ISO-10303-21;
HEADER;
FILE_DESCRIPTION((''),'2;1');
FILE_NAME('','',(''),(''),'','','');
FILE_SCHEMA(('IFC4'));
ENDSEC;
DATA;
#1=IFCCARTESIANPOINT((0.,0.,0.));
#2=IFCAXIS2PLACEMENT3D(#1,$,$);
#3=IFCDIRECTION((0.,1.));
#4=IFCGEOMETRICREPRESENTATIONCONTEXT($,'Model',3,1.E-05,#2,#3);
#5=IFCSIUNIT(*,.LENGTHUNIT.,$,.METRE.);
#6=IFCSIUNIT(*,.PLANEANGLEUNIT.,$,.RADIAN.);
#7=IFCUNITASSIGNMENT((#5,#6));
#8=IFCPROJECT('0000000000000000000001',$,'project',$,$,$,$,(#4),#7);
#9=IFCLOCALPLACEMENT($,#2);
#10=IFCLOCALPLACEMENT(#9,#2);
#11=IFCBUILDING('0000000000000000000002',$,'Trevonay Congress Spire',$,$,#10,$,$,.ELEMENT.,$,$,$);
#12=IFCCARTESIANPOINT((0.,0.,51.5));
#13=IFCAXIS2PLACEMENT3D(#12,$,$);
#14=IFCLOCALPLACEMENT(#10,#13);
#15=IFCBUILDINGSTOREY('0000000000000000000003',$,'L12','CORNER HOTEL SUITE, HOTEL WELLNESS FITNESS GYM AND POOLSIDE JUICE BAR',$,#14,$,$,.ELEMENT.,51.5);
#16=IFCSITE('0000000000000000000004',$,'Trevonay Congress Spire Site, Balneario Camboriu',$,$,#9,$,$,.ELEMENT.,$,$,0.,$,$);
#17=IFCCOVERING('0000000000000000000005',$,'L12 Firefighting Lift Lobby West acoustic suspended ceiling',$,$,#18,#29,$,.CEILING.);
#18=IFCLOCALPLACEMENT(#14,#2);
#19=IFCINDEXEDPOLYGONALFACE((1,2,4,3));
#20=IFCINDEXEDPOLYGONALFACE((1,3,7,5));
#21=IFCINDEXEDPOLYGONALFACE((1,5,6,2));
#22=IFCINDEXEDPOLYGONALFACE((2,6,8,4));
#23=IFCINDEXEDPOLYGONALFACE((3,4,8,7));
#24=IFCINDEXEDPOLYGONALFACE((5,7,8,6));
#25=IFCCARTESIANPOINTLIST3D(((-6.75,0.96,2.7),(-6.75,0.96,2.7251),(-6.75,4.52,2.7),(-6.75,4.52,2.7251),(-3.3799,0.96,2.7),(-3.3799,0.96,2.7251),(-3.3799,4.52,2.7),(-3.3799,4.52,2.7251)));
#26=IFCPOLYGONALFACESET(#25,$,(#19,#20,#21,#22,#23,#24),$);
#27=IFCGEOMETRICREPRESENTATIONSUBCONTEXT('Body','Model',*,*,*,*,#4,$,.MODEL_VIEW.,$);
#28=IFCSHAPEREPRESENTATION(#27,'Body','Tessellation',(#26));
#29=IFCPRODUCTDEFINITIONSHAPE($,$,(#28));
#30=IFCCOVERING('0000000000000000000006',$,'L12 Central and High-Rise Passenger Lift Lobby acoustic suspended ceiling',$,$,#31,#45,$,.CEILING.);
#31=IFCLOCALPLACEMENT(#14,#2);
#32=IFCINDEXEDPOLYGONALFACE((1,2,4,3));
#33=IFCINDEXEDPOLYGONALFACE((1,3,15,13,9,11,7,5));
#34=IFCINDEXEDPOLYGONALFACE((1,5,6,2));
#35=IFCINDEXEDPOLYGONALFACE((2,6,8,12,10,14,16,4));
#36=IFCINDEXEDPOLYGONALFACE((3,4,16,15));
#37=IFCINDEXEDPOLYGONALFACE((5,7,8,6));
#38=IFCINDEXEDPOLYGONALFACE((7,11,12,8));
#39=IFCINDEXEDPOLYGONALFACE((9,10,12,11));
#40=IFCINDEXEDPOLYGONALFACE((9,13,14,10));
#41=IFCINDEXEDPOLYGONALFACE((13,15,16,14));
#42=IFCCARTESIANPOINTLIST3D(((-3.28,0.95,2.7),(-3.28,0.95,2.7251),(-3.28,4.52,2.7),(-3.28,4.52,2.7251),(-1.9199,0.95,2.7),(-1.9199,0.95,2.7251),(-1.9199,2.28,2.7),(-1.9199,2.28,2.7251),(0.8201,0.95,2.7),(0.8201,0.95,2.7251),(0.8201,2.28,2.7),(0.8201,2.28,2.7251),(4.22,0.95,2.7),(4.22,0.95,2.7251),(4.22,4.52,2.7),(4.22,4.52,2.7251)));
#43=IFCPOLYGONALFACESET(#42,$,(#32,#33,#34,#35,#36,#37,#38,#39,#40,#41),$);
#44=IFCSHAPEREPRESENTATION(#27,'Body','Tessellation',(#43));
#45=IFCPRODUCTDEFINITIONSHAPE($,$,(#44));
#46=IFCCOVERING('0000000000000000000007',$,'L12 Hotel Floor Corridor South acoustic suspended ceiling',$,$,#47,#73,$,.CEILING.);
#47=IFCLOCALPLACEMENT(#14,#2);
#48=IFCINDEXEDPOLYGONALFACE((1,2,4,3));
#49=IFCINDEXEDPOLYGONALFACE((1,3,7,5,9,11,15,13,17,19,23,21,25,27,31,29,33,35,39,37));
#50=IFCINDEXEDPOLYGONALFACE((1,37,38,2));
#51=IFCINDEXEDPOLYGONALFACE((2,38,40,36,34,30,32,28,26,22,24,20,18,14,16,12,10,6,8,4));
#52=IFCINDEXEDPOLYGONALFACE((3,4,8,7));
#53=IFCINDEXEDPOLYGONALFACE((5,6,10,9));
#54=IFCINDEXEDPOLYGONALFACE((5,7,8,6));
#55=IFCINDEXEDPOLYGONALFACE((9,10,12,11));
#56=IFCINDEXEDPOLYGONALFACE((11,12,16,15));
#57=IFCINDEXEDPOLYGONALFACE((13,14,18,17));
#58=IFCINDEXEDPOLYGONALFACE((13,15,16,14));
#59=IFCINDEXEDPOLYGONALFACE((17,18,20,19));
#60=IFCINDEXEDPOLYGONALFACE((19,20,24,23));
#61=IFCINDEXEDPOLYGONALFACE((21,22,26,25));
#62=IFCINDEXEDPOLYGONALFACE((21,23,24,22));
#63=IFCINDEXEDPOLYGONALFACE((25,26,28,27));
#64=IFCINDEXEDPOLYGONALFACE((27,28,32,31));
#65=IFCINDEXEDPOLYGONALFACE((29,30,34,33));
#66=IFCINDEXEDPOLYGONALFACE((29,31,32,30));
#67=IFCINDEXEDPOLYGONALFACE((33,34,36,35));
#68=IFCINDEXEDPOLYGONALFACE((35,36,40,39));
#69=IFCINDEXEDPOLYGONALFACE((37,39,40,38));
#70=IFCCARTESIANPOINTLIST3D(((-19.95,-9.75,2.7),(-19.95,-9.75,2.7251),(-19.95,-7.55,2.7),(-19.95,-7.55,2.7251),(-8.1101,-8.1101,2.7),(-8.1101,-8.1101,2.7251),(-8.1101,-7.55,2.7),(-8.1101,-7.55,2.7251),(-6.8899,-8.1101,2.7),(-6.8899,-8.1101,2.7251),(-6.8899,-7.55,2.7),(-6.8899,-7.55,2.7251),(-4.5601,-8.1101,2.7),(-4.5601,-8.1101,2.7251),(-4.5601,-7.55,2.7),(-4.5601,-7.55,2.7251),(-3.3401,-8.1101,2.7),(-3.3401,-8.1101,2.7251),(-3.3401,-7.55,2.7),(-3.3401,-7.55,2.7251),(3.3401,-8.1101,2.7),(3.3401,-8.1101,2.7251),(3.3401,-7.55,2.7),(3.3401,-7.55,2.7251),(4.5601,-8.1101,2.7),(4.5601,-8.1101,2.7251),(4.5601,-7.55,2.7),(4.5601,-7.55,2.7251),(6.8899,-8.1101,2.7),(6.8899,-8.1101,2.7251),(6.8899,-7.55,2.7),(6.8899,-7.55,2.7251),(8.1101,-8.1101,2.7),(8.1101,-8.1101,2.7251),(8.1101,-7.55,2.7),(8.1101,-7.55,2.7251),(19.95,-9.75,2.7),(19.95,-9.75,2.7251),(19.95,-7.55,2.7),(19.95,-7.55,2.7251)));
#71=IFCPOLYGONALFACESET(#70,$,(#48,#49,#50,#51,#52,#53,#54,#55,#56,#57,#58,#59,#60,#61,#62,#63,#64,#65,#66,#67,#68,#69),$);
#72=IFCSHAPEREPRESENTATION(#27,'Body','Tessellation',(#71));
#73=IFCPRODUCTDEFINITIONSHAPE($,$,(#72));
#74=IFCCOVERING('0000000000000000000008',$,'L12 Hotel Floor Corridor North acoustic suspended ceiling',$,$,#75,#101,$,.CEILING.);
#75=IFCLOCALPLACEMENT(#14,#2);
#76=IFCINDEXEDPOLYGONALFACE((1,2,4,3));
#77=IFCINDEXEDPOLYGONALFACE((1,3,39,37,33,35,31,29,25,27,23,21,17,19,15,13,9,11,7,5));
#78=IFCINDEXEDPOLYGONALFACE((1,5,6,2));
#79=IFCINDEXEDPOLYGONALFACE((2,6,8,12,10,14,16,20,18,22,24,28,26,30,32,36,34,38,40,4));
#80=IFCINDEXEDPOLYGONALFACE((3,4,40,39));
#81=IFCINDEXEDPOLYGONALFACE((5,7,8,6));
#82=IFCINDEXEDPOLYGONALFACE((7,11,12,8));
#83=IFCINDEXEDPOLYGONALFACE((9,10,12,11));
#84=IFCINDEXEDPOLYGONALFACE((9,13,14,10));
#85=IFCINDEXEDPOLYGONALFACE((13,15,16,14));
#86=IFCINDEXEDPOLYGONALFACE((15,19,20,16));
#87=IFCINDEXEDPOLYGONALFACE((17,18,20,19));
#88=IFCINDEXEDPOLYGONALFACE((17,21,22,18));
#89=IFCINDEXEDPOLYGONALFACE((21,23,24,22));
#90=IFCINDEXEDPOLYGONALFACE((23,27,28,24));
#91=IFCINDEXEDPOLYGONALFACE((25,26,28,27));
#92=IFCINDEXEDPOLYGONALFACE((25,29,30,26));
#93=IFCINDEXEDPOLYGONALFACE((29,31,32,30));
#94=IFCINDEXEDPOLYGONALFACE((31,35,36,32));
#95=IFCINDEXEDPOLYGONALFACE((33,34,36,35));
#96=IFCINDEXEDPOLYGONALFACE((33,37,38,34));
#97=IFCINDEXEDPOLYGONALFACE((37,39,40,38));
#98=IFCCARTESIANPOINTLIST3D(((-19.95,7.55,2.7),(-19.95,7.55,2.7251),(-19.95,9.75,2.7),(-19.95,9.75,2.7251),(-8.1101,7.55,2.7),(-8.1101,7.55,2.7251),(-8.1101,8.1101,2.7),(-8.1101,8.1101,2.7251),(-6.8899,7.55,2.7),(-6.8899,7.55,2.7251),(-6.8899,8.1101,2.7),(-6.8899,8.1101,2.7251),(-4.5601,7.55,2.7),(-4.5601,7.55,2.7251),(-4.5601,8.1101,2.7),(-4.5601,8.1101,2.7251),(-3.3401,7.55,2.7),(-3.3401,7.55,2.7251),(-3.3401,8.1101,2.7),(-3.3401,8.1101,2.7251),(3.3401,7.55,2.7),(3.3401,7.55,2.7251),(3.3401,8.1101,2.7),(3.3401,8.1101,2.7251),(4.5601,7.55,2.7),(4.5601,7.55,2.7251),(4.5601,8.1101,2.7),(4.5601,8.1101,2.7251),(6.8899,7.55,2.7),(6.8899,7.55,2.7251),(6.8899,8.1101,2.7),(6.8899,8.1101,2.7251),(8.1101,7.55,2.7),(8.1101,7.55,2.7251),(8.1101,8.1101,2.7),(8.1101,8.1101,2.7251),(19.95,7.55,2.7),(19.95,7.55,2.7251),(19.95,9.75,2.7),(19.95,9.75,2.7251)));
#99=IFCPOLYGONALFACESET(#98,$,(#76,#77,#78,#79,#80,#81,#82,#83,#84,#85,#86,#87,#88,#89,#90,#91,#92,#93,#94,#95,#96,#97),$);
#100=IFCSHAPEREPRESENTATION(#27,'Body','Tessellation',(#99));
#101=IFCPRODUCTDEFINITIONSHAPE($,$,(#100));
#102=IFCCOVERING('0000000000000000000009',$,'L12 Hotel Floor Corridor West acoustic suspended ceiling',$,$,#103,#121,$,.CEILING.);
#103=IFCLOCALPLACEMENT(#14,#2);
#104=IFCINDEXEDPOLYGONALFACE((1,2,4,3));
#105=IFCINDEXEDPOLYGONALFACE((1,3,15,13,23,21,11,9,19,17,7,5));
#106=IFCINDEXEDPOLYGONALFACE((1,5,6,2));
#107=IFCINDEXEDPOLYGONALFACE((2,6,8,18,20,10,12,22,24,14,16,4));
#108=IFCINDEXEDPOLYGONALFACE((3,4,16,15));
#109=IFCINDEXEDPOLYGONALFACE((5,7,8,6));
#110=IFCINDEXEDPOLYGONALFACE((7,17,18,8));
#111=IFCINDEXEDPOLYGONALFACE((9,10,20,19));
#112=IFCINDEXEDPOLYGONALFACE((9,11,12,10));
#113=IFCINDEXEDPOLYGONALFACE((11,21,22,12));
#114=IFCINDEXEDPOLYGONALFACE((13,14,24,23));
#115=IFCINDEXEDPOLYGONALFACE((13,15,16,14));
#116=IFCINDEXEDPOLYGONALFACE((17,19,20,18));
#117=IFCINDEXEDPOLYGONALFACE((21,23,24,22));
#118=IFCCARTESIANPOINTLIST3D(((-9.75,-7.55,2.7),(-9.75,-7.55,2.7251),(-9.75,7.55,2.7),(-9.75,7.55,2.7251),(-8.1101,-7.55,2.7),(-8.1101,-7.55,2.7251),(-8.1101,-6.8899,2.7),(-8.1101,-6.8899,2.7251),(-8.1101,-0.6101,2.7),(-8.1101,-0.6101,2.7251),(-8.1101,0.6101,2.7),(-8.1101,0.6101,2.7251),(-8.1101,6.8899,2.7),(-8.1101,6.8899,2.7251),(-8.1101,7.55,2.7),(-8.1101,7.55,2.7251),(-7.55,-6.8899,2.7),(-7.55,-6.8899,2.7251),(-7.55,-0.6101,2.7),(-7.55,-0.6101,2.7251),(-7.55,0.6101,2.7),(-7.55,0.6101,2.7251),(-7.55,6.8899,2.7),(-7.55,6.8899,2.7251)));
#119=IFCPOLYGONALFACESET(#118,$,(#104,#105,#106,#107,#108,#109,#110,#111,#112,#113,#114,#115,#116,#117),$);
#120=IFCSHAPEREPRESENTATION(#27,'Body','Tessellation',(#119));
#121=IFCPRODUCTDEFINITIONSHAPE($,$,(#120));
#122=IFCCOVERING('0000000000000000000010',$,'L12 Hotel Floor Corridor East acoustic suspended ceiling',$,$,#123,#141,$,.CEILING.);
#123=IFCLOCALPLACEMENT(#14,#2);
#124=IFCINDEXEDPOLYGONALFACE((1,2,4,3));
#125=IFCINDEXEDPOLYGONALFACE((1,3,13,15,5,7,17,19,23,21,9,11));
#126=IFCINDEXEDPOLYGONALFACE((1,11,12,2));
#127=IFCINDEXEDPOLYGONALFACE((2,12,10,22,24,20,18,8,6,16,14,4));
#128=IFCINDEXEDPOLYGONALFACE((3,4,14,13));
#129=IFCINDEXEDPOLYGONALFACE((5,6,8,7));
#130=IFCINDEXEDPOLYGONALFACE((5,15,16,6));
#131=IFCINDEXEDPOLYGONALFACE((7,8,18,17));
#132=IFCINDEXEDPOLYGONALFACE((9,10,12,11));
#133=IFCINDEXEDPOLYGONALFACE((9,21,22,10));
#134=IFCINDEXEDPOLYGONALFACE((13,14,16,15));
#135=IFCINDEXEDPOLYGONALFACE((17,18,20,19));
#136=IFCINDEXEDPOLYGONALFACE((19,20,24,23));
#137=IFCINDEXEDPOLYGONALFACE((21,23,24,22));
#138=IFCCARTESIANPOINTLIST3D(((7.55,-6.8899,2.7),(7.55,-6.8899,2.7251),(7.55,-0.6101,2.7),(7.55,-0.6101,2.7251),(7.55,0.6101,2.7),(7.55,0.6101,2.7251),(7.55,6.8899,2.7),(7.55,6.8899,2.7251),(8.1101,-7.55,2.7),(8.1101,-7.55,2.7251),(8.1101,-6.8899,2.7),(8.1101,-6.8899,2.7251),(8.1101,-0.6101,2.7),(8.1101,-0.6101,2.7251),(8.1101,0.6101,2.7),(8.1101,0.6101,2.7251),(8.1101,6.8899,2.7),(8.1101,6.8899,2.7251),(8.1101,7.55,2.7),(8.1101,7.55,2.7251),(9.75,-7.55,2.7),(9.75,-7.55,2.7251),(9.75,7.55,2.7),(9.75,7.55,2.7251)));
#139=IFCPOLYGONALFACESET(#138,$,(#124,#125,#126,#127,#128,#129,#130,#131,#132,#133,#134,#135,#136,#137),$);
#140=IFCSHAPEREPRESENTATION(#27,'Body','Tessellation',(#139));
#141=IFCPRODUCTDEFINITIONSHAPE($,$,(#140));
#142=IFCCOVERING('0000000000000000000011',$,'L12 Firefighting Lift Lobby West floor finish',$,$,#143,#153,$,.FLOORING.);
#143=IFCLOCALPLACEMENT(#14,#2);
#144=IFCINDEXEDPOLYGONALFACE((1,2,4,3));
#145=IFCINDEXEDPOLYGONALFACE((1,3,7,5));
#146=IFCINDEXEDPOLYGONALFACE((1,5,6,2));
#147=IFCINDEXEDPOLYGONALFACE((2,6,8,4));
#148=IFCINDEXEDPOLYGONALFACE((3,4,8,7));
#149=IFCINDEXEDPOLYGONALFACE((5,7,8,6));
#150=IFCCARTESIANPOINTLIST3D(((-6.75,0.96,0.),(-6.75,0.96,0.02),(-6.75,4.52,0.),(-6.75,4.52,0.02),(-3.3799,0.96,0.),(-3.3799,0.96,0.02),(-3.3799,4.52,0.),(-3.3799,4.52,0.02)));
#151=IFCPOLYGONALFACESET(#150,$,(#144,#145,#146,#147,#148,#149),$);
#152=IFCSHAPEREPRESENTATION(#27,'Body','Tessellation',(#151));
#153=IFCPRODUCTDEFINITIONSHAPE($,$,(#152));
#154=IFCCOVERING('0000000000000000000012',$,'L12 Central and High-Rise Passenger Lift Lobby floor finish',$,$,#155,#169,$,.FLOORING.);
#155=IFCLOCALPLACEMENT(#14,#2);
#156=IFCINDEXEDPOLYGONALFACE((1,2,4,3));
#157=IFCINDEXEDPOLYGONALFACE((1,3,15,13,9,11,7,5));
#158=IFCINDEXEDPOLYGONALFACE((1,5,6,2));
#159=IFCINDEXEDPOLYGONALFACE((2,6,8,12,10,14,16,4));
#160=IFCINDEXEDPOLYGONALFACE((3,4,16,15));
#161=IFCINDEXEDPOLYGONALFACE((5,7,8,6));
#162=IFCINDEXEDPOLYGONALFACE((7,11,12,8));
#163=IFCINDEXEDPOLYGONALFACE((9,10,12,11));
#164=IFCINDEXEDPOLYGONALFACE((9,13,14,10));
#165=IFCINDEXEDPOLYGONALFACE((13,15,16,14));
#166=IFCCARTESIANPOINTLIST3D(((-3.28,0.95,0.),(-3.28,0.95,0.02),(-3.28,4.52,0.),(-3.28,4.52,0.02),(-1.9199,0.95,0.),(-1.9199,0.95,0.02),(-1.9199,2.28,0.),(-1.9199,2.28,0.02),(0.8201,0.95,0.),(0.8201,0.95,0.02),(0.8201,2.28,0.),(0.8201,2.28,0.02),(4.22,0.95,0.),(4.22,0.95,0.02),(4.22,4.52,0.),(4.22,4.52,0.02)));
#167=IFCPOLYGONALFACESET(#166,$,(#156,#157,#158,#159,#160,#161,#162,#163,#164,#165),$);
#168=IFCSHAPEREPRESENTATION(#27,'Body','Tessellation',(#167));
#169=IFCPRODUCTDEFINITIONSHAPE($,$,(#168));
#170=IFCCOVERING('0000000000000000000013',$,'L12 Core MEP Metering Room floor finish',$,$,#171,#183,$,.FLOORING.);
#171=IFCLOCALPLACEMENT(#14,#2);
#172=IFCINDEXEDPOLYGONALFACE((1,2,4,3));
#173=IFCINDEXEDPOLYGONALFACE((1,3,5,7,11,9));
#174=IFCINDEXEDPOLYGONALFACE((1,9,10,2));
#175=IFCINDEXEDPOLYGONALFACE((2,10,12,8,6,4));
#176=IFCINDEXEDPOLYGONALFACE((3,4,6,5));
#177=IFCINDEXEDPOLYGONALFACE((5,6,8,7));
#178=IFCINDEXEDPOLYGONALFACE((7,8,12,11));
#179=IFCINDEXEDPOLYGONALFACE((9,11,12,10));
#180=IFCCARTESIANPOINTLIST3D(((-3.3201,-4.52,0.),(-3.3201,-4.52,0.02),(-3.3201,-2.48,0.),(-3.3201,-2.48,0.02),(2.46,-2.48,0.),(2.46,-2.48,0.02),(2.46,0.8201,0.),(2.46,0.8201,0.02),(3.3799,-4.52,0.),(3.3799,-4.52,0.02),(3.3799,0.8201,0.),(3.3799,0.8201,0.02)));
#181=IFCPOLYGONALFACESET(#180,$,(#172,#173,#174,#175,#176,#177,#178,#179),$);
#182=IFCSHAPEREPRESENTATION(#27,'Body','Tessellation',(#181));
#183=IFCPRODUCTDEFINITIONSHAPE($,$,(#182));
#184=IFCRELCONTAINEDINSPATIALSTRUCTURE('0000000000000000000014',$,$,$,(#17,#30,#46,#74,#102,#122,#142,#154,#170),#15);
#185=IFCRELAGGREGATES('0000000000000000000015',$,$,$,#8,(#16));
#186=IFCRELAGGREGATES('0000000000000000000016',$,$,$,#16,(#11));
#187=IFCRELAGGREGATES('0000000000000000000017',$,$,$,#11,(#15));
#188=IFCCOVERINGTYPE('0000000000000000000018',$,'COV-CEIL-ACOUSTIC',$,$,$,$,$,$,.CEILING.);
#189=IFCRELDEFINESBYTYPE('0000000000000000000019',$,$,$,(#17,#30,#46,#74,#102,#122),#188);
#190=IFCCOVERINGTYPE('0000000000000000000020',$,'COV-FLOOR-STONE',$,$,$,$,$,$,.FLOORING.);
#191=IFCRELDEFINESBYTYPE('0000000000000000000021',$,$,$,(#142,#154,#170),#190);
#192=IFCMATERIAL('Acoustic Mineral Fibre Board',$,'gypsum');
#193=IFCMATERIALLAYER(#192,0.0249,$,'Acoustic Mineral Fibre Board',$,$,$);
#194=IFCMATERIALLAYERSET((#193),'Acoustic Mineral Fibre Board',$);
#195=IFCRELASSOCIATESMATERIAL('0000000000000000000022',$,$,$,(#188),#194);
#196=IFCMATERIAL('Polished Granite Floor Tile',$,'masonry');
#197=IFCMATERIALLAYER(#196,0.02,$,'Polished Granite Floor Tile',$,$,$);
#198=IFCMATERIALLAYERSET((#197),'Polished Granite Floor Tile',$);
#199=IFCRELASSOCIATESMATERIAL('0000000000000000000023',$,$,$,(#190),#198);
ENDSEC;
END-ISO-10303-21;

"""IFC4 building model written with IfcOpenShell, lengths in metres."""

from ifc_helpers import new_model, si_unit, direction, frame, origin, place, context, subcontext, project, spatial, polyline, outline, extrude, material, layer, layer_set, type_object, element, save


model = new_model("IFC4")

# Units and contexts
model_context = context("Model", 3, precision=1e-05, world=origin(), true_north=direction((0.0, 1.0)))
body_context = subcontext(model_context, "Body", "Model", "MODEL_VIEW")
ifc_project = project(units=[si_unit("LENGTHUNIT", "METRE"), si_unit("PLANEANGLEUNIT", "RADIAN")], contexts=[model_context])

# Site, building, storey
site_placement = place(None, origin())
site = spatial("IfcSite", under=ifc_project, at=site_placement, Name="Trevonay Congress Spire Site, Balneario Camboriu", CompositionType="ELEMENT", RefElevation=0.0)
building_placement = place(site_placement, origin())
building = spatial("IfcBuilding", under=site, at=building_placement, Name="Trevonay Congress Spire", CompositionType="ELEMENT")
storey_placement = place(building_placement, frame((0.0, 0.0, 51.5)))
storey = spatial("IfcBuildingStorey", under=building, at=storey_placement, Name="L12", Description="CORNER HOTEL SUITE, HOTEL WELLNESS FITNESS GYM AND POOLSIDE JUICE BAR", CompositionType="ELEMENT", Elevation=51.5)

# Coverings
ifc_material_1 = material(Name="Acoustic Mineral Fibre Board", Category="gypsum")
ifc_layer_1 = layer(ifc_material_1, 0.0249, Name="Acoustic Mineral Fibre Board")
ifc_layer_set_1 = layer_set([ifc_layer_1], Name="Acoustic Mineral Fibre Board")
covering_type_1 = type_object("IfcCoveringType", Name="COV-CEIL-ACOUSTIC", PredefinedType="CEILING", material=ifc_layer_set_1)
covering_1_placement = place(storey_placement, frame((0.0, 0.0, 2.7)))
element("IfcCovering", 1, at=covering_1_placement, inside=storey, type_object=covering_type_1, Name="L12 Firefighting Lift Lobby West acoustic suspended ceiling", PredefinedType="CEILING", context=body_context, shape_type="SweptSolid", body=[
    extrude(outline(polyline([(-6.75, 0.96), (-3.3799, 0.96), (-3.3799, 4.52), (-6.75, 4.52), (-6.75, 0.96)])), origin(), (0.0, 0.0, 1.0), 0.0251),
])
covering_2_placement = place(storey_placement, frame((0.0, 0.0, 2.7)))
element("IfcCovering", 2, at=covering_2_placement, inside=storey, type_object=covering_type_1, Name="L12 Central and High-Rise Passenger Lift Lobby acoustic suspended ceiling", PredefinedType="CEILING", context=body_context, shape_type="SweptSolid", body=[
    extrude(outline(polyline([(-3.28, 0.95), (-1.9199, 0.95), (-1.9199, 2.28), (0.8201, 2.28), (0.8201, 0.95), (4.22, 0.95), (4.22, 4.52), (-3.28, 4.52), (-3.28, 0.95)])), origin(), (0.0, 0.0, 1.0), 0.0251),
])
covering_3_placement = place(storey_placement, frame((0.0, 0.0, 2.7)))
element("IfcCovering", 3, at=covering_3_placement, inside=storey, type_object=covering_type_1, Name="L12 Hotel Floor Corridor South acoustic suspended ceiling", PredefinedType="CEILING", context=body_context, shape_type="SweptSolid", body=[
    extrude(outline(polyline([(19.95, -7.55), (19.95, -9.75), (-19.95, -9.75), (-19.95, -7.55), (-8.1101, -7.55), (-8.1101, -8.1101), (-6.8899, -8.1101), (-6.8899, -7.55), (-4.5601, -7.55), (-4.5601, -8.1101), (-3.3401, -8.1101), (-3.3401, -7.55), (3.3401, -7.55), (3.3401, -8.1101), (4.5601, -8.1101), (4.5601, -7.55), (6.8899, -7.55), (6.8899, -8.1101), (8.1101, -8.1101), (8.1101, -7.55), (19.95, -7.55)])), origin(), (0.0, 0.0, 1.0), 0.0251),
])
covering_4_placement = place(storey_placement, frame((0.0, 0.0, 2.7)))
element("IfcCovering", 4, at=covering_4_placement, inside=storey, type_object=covering_type_1, Name="L12 Hotel Floor Corridor North acoustic suspended ceiling", PredefinedType="CEILING", context=body_context, shape_type="SweptSolid", body=[
    extrude(outline(polyline([(-19.95, 7.55), (-19.95, 9.75), (19.95, 9.75), (19.95, 7.55), (8.1101, 7.55), (8.1101, 8.1101), (6.8899, 8.1101), (6.8899, 7.55), (4.5601, 7.55), (4.5601, 8.1101), (3.3401, 8.1101), (3.3401, 7.55), (-3.3401, 7.55), (-3.3401, 8.1101), (-4.5601, 8.1101), (-4.5601, 7.55), (-6.8899, 7.55), (-6.8899, 8.1101), (-8.1101, 8.1101), (-8.1101, 7.55), (-19.95, 7.55)])), origin(), (0.0, 0.0, 1.0), 0.0251),
])
covering_5_placement = place(storey_placement, frame((0.0, 0.0, 2.7)))
element("IfcCovering", 5, at=covering_5_placement, inside=storey, type_object=covering_type_1, Name="L12 Hotel Floor Corridor West acoustic suspended ceiling", PredefinedType="CEILING", context=body_context, shape_type="SweptSolid", body=[
    extrude(outline(polyline([(-9.75, 7.55), (-8.1101, 7.55), (-8.1101, 6.8899), (-7.55, 6.8899), (-7.55, 0.6101), (-8.1101, 0.6101), (-8.1101, -0.6101), (-7.55, -0.6101), (-7.55, -6.8899), (-8.1101, -6.8899), (-8.1101, -7.55), (-9.75, -7.55), (-9.75, 7.55)])), origin(), (0.0, 0.0, 1.0), 0.0251),
])
covering_6_placement = place(storey_placement, frame((0.0, 0.0, 2.7)))
element("IfcCovering", 6, at=covering_6_placement, inside=storey, type_object=covering_type_1, Name="L12 Hotel Floor Corridor East acoustic suspended ceiling", PredefinedType="CEILING", context=body_context, shape_type="SweptSolid", body=[
    extrude(outline(polyline([(9.75, -7.55), (8.1101, -7.55), (8.1101, -6.8899), (7.55, -6.8899), (7.55, -0.6101), (8.1101, -0.6101), (8.1101, 0.6101), (7.55, 0.6101), (7.55, 6.8899), (8.1101, 6.8899), (8.1101, 7.55), (9.75, 7.55), (9.75, -7.55)])), origin(), (0.0, 0.0, 1.0), 0.0251),
])
ifc_material_2 = material(Name="Polished Granite Floor Tile", Category="masonry")
ifc_layer_2 = layer(ifc_material_2, 0.02, Name="Polished Granite Floor Tile")
ifc_layer_set_2 = layer_set([ifc_layer_2], Name="Polished Granite Floor Tile")
covering_type_2 = type_object("IfcCoveringType", Name="COV-FLOOR-STONE", PredefinedType="FLOORING", material=ifc_layer_set_2)
covering_7_placement = place(storey_placement, origin())
element("IfcCovering", 7, at=covering_7_placement, inside=storey, type_object=covering_type_2, Name="L12 Firefighting Lift Lobby West floor finish", PredefinedType="FLOORING", context=body_context, shape_type="SweptSolid", body=[
    extrude(outline(polyline([(-6.75, 0.96), (-3.3799, 0.96), (-3.3799, 4.52), (-6.75, 4.52), (-6.75, 0.96)])), origin(), (0.0, 0.0, 1.0), 0.02),
])
covering_8_placement = place(storey_placement, origin())
element("IfcCovering", 8, at=covering_8_placement, inside=storey, type_object=covering_type_2, Name="L12 Central and High-Rise Passenger Lift Lobby floor finish", PredefinedType="FLOORING", context=body_context, shape_type="SweptSolid", body=[
    extrude(outline(polyline([(-3.28, 0.95), (-1.9199, 0.95), (-1.9199, 2.28), (0.8201, 2.28), (0.8201, 0.95), (4.22, 0.95), (4.22, 4.52), (-3.28, 4.52), (-3.28, 0.95)])), origin(), (0.0, 0.0, 1.0), 0.02),
])
covering_9_placement = place(storey_placement, origin())
element("IfcCovering", 9, at=covering_9_placement, inside=storey, type_object=covering_type_2, Name="L12 Core MEP Metering Room floor finish", PredefinedType="FLOORING", context=body_context, shape_type="SweptSolid", body=[
    extrude(outline(polyline([(-3.3201, -4.52), (3.3799, -4.52), (3.3799, 0.8201), (2.46, 0.8201), (2.46, -2.48), (-3.3201, -2.48), (-3.3201, -4.52)])), origin(), (0.0, 0.0, 1.0), 0.02),
])

save(model, "model.ifc")
